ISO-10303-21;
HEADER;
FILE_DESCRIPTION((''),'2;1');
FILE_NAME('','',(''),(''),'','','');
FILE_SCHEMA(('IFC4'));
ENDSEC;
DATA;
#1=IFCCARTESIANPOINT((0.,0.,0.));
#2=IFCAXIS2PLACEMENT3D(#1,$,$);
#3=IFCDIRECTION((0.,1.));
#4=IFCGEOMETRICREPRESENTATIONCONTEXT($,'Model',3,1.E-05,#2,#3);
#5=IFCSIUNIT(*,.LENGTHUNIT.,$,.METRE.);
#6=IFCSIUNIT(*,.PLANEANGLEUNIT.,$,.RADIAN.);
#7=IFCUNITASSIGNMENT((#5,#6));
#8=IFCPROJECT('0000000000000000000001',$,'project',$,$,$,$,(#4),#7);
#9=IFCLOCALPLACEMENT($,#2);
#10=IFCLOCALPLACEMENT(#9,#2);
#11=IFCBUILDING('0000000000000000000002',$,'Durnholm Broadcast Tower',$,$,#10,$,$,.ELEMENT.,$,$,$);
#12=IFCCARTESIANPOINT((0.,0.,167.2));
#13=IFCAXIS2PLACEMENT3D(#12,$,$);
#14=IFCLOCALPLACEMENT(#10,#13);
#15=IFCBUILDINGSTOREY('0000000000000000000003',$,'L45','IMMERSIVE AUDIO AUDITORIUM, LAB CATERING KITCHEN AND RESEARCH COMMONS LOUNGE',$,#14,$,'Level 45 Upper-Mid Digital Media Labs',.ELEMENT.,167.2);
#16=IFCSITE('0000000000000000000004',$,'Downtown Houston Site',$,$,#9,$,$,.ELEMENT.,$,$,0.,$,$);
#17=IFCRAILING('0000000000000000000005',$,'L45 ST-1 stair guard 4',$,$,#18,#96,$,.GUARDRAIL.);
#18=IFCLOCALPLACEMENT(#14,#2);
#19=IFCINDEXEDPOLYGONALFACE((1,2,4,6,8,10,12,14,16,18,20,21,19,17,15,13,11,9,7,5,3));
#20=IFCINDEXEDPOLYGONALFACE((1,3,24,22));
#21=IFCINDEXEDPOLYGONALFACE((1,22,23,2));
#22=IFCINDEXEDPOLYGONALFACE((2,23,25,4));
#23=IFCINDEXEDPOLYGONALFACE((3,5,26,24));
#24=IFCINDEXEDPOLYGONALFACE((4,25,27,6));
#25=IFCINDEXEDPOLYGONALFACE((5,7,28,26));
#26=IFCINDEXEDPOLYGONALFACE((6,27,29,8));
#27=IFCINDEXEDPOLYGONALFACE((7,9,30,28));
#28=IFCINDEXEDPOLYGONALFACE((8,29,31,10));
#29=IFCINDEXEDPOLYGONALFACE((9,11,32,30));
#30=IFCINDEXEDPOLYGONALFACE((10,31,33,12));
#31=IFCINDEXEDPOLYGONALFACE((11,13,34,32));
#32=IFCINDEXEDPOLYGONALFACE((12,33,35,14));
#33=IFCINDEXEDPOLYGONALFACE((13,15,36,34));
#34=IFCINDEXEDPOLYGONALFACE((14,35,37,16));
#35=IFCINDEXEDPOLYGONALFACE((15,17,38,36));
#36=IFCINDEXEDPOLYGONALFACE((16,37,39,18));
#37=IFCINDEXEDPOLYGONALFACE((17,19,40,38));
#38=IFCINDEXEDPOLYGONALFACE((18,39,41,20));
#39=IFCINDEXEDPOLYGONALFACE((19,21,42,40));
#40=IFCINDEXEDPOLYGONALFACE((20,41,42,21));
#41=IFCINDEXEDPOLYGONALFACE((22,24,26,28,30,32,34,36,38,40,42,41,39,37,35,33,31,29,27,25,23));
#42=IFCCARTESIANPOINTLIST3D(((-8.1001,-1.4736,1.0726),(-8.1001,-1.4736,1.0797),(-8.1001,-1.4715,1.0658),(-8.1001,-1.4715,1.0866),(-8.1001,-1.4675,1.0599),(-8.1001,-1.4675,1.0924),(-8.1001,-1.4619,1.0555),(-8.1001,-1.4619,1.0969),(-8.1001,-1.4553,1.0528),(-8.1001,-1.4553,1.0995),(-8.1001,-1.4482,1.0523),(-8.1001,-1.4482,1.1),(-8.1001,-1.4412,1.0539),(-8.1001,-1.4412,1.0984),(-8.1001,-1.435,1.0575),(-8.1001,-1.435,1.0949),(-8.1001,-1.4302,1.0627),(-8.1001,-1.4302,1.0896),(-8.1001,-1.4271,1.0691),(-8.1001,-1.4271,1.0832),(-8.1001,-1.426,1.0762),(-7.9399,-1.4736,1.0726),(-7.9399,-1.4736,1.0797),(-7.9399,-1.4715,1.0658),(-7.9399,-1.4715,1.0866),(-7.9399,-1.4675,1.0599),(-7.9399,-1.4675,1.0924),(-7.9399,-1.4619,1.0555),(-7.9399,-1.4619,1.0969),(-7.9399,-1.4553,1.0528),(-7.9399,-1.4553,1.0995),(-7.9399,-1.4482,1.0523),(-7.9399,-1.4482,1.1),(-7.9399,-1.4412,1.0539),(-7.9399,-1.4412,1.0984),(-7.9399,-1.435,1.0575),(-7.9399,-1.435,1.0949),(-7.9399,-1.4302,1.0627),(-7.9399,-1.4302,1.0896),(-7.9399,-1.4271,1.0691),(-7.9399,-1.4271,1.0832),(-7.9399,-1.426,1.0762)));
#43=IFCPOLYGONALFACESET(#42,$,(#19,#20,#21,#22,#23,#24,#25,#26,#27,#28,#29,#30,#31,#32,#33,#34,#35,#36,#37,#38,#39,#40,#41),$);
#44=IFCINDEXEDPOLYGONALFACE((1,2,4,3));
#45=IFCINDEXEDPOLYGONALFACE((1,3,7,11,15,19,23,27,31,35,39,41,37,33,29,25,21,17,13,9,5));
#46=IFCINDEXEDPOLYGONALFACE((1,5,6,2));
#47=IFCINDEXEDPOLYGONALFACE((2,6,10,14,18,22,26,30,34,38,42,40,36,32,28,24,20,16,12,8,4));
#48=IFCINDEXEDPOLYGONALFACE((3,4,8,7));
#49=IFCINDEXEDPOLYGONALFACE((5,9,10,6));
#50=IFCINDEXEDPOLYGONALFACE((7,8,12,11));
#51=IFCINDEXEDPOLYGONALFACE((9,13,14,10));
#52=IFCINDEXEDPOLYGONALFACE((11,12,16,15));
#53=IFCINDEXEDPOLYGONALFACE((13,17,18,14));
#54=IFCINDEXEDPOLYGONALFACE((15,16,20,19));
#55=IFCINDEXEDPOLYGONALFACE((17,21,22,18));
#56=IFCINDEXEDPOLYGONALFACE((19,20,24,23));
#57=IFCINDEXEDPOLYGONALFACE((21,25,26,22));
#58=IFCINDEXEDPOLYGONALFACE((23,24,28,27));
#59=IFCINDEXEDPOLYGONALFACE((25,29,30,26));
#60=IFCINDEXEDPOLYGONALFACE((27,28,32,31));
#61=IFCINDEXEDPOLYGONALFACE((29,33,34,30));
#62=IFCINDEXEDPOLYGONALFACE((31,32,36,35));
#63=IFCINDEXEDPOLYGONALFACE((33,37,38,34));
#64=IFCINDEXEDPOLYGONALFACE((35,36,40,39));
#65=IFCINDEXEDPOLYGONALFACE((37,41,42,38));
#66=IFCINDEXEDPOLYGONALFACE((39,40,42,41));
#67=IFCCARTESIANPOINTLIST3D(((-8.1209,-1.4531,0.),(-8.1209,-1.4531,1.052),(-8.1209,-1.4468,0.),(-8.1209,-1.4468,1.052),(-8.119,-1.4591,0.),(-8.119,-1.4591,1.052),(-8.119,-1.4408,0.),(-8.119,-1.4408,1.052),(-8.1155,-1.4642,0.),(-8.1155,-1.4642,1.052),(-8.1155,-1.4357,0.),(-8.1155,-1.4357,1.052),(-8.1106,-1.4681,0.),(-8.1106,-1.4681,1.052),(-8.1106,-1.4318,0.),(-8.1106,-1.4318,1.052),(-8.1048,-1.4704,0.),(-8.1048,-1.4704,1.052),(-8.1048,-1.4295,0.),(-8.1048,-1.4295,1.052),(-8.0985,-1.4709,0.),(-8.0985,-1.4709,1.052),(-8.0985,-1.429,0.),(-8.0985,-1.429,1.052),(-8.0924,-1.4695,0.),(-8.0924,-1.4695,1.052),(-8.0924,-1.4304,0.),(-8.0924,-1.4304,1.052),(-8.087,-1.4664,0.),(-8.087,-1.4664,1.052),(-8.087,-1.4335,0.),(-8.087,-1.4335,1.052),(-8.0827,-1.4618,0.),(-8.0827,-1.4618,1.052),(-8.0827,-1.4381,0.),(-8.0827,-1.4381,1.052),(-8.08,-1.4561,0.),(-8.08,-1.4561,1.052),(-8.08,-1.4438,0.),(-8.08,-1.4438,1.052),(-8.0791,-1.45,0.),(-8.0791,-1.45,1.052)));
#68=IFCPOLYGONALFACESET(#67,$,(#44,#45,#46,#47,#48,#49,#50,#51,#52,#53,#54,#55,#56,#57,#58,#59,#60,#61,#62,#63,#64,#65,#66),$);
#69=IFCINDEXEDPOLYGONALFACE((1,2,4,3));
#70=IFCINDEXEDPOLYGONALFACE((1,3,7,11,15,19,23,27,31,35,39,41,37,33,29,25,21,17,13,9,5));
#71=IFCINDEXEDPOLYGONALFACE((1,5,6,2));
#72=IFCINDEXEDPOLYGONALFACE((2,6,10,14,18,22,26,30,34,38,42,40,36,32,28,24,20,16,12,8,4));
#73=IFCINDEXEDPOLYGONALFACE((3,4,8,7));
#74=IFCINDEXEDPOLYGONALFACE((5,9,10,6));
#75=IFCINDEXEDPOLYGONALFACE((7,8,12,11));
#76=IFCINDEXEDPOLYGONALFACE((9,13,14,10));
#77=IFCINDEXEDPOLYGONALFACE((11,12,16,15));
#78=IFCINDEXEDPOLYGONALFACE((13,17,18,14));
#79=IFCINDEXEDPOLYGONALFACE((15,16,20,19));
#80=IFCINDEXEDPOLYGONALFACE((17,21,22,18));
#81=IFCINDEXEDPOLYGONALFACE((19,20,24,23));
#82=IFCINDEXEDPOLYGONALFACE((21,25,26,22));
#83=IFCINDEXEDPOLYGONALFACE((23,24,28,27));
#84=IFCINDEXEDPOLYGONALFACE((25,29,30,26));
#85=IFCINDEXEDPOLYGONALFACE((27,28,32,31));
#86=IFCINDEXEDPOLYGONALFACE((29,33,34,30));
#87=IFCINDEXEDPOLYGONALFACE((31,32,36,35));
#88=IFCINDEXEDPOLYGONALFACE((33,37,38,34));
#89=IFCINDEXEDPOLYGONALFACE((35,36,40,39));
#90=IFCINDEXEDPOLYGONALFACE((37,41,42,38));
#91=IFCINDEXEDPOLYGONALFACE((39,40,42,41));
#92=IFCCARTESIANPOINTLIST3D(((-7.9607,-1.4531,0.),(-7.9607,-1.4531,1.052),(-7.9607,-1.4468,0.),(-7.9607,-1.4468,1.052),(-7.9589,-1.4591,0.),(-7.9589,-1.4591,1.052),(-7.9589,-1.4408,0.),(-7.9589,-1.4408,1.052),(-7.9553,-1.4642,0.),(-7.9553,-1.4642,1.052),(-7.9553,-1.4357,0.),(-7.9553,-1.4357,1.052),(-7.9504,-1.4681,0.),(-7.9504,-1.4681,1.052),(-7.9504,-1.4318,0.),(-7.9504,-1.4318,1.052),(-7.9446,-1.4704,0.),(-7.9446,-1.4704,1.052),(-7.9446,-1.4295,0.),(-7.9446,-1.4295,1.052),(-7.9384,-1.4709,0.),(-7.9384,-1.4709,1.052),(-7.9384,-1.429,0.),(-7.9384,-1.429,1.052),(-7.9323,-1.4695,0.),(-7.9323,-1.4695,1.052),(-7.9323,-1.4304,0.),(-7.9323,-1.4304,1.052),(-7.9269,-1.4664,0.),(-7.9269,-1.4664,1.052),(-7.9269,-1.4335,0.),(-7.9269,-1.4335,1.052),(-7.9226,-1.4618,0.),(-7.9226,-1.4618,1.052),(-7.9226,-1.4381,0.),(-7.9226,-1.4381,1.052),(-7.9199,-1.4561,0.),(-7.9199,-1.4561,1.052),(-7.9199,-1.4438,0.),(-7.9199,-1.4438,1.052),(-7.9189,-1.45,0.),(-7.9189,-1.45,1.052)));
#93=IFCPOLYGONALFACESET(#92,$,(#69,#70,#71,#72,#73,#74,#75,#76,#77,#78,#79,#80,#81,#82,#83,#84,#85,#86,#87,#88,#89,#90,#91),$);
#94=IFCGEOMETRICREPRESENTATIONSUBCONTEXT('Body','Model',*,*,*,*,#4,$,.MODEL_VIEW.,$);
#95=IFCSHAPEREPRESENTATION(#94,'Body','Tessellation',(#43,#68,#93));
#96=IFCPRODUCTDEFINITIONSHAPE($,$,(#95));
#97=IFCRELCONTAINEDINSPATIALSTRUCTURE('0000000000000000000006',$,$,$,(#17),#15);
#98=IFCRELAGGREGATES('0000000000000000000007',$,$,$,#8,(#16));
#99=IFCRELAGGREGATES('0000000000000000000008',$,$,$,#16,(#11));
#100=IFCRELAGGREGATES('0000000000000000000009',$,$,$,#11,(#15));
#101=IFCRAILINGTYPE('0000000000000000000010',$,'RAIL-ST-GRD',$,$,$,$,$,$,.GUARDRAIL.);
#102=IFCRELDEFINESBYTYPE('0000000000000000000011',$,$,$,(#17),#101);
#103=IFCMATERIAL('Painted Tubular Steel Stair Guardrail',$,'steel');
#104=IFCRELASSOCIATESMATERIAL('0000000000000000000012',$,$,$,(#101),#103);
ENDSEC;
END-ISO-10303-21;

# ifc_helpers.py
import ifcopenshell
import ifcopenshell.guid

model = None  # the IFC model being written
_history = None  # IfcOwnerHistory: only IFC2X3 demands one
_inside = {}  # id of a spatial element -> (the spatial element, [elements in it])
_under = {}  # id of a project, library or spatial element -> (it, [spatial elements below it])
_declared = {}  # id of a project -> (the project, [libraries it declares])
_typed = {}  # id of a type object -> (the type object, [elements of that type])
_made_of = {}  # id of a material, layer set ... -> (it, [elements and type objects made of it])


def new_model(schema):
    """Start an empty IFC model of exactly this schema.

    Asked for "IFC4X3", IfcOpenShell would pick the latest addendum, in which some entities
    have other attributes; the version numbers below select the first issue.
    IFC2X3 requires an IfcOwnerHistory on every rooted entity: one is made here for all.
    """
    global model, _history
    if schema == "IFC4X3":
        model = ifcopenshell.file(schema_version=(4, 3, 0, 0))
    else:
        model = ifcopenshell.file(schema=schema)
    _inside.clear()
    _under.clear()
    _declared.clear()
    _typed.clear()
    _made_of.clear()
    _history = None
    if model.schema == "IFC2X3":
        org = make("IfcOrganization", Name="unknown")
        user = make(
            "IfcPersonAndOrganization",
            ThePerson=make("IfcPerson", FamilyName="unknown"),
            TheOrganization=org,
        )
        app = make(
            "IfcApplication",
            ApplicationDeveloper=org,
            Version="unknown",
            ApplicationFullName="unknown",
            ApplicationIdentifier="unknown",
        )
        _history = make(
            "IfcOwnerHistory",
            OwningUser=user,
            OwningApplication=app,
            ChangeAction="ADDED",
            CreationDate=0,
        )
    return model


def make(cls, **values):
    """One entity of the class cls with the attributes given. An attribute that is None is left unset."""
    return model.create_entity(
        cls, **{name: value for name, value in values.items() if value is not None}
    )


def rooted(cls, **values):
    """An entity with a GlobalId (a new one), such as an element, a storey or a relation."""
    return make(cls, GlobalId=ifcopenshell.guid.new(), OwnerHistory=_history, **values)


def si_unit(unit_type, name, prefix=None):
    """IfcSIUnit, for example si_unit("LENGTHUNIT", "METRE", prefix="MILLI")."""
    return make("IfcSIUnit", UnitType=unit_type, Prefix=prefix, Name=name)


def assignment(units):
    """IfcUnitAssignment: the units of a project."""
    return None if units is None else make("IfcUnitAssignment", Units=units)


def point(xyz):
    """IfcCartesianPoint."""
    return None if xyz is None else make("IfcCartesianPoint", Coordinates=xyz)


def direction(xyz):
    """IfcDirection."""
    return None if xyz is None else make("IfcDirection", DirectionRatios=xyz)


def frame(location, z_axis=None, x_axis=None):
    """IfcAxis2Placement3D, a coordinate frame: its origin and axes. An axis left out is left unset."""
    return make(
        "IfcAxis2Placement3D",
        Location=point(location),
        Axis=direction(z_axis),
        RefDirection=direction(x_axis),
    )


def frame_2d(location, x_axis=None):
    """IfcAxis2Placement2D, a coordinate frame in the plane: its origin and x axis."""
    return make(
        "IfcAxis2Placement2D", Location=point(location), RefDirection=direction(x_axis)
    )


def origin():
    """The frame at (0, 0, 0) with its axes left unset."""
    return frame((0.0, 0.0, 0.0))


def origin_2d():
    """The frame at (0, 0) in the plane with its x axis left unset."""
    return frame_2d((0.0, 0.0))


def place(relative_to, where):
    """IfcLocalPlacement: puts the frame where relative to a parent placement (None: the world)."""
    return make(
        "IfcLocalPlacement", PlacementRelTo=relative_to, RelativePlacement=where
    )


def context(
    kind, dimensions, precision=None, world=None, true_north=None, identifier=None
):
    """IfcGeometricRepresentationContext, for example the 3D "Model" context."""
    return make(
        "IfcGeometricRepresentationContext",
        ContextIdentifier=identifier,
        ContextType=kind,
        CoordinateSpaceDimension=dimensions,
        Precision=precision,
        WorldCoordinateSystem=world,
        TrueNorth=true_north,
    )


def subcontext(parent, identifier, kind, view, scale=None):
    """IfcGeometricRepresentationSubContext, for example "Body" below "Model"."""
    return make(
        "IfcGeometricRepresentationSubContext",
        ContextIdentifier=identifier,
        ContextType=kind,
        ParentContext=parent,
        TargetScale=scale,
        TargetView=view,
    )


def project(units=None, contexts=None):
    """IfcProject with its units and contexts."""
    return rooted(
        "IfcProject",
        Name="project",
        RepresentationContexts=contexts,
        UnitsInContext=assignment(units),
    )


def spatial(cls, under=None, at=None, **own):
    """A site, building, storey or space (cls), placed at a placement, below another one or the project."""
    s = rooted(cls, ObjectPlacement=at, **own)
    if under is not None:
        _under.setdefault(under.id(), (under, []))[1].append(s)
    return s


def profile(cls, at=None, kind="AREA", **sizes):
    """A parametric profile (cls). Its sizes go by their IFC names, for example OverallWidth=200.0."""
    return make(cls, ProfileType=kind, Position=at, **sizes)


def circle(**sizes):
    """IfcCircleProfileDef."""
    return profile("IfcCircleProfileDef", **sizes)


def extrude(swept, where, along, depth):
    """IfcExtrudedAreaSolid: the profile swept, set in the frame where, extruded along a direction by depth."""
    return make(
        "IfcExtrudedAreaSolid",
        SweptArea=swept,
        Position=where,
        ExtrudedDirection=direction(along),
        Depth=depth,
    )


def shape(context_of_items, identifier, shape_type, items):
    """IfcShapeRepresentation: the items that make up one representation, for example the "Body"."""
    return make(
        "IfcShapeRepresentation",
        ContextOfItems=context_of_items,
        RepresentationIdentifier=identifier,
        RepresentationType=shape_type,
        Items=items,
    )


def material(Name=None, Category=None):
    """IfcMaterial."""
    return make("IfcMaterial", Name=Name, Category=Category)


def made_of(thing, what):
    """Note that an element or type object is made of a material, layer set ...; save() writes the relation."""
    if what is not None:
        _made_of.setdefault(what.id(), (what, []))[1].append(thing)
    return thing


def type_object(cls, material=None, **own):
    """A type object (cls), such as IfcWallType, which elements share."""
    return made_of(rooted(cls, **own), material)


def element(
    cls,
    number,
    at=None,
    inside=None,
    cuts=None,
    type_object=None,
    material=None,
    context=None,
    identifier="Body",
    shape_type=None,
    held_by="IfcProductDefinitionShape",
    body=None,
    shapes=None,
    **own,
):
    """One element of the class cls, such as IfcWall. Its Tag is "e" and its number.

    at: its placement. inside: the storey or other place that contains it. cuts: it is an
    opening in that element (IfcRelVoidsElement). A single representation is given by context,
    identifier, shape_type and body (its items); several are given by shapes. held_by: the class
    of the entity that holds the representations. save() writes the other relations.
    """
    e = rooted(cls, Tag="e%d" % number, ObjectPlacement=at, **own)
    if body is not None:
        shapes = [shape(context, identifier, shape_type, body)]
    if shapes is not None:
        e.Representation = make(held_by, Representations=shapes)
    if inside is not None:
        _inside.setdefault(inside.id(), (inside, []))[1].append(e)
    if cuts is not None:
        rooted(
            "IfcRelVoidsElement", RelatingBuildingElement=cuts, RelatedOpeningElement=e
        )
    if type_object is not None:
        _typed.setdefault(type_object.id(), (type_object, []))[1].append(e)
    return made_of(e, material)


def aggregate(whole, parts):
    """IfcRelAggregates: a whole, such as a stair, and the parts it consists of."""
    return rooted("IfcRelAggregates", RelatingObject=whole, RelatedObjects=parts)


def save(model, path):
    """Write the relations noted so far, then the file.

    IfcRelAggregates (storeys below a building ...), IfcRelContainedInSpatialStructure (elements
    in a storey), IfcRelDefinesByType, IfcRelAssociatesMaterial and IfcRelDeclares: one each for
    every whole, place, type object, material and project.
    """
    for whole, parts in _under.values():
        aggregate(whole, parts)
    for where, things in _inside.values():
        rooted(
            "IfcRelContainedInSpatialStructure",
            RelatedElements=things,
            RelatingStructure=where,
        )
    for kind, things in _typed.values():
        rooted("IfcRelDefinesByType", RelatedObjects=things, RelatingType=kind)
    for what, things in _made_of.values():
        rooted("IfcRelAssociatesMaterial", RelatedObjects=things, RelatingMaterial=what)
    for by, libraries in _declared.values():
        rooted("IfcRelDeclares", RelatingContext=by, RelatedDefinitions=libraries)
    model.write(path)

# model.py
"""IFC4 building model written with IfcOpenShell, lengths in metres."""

from ifc_helpers import new_model, si_unit, direction, frame, origin, origin_2d, place, context, subcontext, project, spatial, circle, extrude, material, type_object, element, save


model = new_model("IFC4")

# Units and contexts
model_context = context("Model", 3, precision=1e-05, world=origin(), true_north=direction((0.0, 1.0)))
body_context = subcontext(model_context, "Body", "Model", "MODEL_VIEW")
ifc_project = project(units=[si_unit("LENGTHUNIT", "METRE"), si_unit("PLANEANGLEUNIT", "RADIAN")], contexts=[model_context])

# Site, building, storey
site_placement = place(None, origin())
site = spatial("IfcSite", under=ifc_project, at=site_placement, Name="Downtown Houston Site", CompositionType="ELEMENT", RefElevation=0.0)
building_placement = place(site_placement, origin())
building = spatial("IfcBuilding", under=site, at=building_placement, Name="Durnholm Broadcast Tower", CompositionType="ELEMENT")
storey_placement = place(building_placement, frame((0.0, 0.0, 167.2)))
storey = spatial("IfcBuildingStorey", under=building, at=storey_placement, Name="L45", Description="IMMERSIVE AUDIO AUDITORIUM, LAB CATERING KITCHEN AND RESEARCH COMMONS LOUNGE", LongName="Level 45 Upper-Mid Digital Media Labs", CompositionType="ELEMENT", Elevation=167.2)

# Railing
ifc_material_1 = material(Name="Painted Tubular Steel Stair Guardrail", Category="steel")
railing_type_1 = type_object("IfcRailingType", Name="RAIL-ST-GRD", PredefinedType="GUARDRAIL", material=ifc_material_1)
railing_1_placement = place(storey_placement, frame((-8.1001, -1.45, 0.0)))
element("IfcRailing", 1, at=railing_1_placement, inside=storey, type_object=railing_type_1, Name="L45 ST-1 stair guard 4", PredefinedType="GUARDRAIL", context=body_context, shape_type="SweptSolid", body=[
    extrude(circle(Radius=0.0239, at=origin_2d()), frame((0.0, 0.0, 1.0762), z_axis=(1.0, 0.0, 0.0), x_axis=(0.0, 1.0, 0.0)), (0.0, 0.0, 1.0), 0.1602),
    extrude(circle(Radius=0.021, at=origin_2d()), origin(), (0.0, 0.0, 1.0), 1.052),
    extrude(circle(Radius=0.021, at=origin_2d()), frame((0.1602, 0.0, 0.0)), (0.0, 0.0, 1.0), 1.052),
])

save(model, "model.ifc")
